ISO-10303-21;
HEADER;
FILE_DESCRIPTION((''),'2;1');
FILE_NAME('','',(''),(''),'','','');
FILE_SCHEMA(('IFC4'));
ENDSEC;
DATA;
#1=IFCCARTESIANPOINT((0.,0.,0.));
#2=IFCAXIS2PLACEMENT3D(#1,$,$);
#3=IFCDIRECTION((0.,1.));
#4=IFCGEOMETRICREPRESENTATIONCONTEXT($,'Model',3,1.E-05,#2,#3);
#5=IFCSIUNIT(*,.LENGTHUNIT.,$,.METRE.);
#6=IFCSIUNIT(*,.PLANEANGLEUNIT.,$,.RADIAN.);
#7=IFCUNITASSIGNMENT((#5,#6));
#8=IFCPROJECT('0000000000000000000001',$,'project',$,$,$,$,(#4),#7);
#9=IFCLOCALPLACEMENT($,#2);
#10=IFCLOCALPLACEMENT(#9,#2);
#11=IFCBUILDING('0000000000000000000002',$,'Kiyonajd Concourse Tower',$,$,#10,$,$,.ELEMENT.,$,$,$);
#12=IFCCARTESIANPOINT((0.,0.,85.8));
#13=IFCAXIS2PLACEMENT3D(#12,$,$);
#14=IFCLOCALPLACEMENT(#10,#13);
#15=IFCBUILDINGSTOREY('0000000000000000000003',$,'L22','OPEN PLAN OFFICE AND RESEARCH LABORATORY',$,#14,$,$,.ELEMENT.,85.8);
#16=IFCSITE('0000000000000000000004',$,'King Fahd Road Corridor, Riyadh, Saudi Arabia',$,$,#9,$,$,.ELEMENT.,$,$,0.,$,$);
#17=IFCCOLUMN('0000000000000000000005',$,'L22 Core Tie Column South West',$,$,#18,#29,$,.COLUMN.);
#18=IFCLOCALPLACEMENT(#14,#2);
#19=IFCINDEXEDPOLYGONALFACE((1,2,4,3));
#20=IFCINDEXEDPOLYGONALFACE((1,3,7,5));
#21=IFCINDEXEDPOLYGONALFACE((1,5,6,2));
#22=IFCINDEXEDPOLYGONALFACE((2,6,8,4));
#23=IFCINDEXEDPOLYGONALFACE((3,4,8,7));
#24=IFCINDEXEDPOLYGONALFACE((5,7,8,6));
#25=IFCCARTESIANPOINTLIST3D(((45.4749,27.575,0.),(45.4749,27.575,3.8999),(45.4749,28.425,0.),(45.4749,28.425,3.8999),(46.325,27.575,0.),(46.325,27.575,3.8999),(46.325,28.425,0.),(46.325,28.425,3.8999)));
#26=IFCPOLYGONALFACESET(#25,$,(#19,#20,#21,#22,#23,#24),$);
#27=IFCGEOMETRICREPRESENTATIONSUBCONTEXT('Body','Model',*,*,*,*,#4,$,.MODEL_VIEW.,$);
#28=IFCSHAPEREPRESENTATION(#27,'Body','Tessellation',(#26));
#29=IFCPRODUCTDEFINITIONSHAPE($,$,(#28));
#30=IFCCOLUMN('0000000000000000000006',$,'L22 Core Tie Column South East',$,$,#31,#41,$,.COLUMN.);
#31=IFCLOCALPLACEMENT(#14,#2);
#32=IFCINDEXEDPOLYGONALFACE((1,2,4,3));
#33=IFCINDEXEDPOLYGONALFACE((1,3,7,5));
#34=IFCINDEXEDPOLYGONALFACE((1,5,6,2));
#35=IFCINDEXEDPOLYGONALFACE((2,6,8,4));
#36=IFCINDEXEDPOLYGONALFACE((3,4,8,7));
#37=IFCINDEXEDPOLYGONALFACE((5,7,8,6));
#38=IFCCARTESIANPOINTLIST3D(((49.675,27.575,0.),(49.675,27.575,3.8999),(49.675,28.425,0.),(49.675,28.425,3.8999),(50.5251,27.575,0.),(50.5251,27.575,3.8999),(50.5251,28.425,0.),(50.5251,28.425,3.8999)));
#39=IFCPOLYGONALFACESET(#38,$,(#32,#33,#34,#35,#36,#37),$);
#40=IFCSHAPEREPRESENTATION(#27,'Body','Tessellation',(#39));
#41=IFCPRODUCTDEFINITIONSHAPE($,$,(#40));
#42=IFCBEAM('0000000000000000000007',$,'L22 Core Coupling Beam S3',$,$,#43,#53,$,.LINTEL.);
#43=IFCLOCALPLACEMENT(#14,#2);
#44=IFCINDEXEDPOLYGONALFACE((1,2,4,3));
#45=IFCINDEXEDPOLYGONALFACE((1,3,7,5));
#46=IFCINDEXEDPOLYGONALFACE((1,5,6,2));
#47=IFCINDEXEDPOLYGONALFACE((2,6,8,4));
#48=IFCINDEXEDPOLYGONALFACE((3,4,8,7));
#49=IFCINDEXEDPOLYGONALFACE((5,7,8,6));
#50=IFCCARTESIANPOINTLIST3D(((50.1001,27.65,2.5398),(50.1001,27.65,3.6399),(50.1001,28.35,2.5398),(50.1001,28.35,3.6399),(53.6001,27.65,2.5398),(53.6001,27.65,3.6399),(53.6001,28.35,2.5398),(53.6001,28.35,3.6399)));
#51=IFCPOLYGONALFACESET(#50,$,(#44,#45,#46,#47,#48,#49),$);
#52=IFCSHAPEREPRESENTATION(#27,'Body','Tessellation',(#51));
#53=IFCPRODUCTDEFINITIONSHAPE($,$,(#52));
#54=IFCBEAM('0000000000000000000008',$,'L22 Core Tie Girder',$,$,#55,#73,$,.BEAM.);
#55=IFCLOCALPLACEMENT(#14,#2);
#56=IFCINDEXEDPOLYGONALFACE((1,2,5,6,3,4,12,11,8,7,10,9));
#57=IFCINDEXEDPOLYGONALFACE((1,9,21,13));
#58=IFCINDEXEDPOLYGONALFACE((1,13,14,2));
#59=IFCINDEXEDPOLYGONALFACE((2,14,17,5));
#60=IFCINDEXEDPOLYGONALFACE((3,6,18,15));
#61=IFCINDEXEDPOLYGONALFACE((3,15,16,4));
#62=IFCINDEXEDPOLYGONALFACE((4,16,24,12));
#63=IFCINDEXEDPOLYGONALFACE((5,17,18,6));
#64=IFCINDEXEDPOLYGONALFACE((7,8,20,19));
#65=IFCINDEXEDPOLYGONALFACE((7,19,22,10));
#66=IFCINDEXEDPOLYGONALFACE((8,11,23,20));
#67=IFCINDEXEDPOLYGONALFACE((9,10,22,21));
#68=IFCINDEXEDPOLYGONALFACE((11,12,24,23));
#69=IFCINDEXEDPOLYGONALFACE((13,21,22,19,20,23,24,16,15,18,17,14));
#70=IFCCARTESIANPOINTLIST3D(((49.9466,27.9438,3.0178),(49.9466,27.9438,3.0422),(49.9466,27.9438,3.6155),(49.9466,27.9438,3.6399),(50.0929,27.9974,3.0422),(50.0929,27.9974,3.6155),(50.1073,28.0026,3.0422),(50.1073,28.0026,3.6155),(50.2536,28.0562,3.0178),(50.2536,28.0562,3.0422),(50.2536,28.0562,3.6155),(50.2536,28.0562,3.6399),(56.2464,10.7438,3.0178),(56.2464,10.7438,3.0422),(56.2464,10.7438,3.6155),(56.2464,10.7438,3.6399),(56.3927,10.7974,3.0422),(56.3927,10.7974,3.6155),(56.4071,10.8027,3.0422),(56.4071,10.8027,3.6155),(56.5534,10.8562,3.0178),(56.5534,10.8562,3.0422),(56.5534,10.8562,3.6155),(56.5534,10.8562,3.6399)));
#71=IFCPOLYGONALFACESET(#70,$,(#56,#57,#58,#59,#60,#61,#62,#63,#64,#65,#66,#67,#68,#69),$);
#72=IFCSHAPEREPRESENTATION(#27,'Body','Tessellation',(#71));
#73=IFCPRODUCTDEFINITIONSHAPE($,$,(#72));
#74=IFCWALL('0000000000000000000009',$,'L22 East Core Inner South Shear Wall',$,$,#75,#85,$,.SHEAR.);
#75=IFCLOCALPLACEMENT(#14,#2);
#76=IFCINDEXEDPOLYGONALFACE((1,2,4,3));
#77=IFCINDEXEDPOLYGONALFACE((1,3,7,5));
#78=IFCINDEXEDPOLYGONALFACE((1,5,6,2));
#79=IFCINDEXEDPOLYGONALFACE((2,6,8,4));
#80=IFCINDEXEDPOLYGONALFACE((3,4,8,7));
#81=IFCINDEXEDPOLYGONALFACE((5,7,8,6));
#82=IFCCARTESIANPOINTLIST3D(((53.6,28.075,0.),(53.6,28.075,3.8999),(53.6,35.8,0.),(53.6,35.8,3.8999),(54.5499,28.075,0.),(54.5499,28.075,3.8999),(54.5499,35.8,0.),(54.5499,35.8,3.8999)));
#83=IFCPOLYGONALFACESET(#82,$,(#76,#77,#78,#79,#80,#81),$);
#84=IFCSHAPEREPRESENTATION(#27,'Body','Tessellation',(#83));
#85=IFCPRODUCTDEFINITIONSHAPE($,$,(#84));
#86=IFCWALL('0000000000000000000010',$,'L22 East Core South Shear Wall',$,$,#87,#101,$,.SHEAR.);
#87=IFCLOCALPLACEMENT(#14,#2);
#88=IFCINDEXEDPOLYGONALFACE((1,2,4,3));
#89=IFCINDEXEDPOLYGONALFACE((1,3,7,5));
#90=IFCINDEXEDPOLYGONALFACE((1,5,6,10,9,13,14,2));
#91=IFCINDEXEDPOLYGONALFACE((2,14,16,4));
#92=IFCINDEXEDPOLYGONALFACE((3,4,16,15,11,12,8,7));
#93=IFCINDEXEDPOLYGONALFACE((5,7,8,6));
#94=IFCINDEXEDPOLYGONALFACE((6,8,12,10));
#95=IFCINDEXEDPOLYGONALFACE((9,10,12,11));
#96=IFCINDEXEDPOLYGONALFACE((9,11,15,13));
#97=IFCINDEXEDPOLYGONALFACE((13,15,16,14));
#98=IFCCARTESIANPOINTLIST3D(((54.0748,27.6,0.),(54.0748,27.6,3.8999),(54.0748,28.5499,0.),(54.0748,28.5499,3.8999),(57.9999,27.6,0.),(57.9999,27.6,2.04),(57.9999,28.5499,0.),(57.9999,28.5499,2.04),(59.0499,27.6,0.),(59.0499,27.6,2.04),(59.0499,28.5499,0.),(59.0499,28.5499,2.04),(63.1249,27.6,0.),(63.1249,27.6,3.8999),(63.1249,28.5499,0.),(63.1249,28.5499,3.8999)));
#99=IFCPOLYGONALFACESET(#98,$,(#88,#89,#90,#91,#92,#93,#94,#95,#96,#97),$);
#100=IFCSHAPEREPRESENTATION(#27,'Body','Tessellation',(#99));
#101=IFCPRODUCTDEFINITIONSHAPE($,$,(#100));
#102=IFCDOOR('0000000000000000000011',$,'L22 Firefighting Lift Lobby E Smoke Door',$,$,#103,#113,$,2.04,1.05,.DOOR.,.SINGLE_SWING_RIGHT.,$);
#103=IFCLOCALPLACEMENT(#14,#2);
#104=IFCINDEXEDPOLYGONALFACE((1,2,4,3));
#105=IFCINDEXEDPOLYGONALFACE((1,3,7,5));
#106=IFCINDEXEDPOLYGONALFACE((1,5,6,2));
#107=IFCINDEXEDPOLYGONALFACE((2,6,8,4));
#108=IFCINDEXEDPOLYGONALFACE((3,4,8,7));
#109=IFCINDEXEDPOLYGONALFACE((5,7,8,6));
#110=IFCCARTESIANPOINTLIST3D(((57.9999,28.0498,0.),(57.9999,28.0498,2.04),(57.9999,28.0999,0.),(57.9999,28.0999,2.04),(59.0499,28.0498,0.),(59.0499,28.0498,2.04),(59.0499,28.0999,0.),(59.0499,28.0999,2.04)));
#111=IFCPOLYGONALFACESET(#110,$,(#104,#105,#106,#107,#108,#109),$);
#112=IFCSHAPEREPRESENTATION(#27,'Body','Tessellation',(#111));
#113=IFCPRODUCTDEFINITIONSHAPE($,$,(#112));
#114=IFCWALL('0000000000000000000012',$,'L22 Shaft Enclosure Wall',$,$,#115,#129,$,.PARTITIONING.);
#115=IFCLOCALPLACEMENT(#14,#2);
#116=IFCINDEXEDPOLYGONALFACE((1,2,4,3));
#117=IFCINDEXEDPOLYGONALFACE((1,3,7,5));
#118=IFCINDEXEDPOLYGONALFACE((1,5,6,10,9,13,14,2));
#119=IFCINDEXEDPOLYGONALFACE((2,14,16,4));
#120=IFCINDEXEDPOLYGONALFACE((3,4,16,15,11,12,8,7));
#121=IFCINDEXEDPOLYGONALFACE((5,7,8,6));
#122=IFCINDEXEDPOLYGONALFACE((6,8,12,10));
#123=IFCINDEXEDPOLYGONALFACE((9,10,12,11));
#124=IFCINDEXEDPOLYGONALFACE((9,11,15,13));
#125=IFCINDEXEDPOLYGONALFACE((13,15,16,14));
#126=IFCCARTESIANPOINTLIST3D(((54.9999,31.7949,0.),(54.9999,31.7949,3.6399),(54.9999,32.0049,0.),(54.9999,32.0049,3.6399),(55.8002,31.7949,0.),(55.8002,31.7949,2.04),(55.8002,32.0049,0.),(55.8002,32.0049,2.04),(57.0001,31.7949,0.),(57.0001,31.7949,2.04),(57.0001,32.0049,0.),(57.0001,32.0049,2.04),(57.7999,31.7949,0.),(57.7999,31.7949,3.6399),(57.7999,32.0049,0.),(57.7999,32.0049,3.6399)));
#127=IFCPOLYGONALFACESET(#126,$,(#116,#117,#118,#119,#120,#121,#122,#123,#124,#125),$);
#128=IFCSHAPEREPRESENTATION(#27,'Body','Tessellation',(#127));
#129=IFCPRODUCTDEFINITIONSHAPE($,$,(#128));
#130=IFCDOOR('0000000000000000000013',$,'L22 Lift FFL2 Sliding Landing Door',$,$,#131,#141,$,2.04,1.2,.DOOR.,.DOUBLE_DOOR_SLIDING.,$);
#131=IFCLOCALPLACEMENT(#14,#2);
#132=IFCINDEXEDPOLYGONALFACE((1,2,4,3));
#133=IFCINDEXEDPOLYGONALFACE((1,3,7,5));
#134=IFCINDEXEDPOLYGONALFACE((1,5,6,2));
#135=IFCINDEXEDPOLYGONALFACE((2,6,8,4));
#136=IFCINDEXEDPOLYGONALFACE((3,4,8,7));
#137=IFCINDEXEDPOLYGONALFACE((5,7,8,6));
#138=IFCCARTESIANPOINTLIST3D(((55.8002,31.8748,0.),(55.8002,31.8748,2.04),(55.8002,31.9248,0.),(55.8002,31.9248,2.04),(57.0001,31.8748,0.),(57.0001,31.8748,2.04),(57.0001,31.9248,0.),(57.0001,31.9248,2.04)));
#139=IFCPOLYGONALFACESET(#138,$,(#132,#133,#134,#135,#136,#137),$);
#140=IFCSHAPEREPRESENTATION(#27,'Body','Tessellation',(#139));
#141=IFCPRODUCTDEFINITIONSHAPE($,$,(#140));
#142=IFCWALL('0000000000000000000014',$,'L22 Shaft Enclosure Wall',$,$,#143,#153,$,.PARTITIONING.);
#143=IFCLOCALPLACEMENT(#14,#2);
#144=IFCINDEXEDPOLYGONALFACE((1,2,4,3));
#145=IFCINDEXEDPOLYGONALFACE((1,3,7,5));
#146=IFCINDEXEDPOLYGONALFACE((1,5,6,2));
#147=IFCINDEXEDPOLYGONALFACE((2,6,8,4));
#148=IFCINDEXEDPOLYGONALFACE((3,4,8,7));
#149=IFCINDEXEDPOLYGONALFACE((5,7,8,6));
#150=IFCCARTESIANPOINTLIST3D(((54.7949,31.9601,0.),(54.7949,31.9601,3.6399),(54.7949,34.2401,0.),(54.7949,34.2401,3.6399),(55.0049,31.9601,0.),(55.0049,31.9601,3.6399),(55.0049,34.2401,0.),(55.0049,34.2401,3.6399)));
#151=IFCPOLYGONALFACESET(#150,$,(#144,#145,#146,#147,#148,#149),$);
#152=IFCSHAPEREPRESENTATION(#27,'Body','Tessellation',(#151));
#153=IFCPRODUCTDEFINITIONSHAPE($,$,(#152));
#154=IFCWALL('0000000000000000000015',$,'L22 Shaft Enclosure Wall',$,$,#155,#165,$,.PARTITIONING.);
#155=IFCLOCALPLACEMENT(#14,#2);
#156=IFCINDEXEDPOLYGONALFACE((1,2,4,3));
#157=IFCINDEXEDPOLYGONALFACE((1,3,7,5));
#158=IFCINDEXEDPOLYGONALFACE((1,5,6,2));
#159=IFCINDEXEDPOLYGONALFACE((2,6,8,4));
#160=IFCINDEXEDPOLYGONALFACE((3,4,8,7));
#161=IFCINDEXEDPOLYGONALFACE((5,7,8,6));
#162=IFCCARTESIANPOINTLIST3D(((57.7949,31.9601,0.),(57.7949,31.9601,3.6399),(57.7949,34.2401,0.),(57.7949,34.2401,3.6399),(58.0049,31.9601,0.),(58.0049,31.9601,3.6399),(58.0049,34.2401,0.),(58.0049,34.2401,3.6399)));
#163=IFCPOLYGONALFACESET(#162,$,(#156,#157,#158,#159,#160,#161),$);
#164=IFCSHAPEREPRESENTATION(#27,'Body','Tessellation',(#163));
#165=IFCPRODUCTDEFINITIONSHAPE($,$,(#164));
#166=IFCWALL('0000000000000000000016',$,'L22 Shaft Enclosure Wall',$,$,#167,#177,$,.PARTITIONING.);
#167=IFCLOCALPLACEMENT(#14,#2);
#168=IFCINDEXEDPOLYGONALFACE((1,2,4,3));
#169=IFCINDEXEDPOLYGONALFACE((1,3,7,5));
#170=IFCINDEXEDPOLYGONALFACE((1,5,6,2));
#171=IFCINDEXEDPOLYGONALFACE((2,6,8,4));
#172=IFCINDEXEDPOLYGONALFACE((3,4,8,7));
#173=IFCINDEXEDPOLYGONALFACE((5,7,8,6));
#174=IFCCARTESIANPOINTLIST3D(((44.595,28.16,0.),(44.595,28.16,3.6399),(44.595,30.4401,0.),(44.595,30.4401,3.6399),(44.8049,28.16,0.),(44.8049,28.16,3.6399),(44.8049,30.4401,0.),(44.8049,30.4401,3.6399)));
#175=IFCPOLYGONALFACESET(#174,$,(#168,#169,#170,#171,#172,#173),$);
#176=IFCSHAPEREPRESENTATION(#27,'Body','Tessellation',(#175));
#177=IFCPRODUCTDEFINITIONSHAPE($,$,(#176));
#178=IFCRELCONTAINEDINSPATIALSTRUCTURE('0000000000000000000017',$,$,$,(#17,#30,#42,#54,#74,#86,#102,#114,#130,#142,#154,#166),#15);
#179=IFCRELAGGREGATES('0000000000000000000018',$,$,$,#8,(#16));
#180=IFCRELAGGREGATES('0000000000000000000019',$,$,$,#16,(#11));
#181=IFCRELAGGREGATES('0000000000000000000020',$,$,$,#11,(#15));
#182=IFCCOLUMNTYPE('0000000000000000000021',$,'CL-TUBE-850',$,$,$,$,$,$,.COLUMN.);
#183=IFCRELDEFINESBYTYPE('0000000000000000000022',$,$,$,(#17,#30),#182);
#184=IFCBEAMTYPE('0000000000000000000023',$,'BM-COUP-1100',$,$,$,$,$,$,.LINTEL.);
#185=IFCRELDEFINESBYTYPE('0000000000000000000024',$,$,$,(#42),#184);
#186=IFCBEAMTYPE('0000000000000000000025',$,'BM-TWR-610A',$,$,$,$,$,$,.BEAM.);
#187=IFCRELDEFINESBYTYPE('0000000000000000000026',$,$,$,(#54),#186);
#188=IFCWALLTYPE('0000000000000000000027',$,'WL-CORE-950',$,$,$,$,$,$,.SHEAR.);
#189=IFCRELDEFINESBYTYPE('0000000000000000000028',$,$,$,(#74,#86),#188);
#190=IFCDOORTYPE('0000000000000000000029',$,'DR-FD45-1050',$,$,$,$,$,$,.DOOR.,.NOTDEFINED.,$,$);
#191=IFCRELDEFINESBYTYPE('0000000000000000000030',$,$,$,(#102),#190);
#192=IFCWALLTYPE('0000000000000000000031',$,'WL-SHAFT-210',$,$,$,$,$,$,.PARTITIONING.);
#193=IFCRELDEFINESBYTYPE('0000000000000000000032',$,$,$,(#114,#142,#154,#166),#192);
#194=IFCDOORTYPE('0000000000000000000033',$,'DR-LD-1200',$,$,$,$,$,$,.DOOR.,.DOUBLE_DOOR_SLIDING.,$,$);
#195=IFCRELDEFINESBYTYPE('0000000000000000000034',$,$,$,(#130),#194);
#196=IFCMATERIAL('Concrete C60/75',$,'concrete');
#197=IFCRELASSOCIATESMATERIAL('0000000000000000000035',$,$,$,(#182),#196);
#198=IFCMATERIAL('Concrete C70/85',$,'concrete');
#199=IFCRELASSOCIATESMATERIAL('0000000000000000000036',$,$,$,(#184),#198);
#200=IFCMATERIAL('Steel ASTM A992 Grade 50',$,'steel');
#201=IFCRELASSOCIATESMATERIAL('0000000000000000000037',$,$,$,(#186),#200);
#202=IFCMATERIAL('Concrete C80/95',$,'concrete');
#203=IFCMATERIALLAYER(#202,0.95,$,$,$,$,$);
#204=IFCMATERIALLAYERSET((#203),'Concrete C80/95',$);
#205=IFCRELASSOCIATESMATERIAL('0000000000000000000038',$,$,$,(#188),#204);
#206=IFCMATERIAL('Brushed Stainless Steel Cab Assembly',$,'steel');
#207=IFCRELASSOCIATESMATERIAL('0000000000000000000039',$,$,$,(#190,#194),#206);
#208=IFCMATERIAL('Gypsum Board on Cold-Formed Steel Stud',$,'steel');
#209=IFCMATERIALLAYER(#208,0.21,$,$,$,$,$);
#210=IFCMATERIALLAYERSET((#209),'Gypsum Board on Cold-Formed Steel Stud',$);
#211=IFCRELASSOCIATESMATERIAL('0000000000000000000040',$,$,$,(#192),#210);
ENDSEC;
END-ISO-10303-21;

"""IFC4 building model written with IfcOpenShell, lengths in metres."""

from ifc_helpers import new_model, si_unit, direction, frame, frame_2d, origin, origin_2d, place, context, subcontext, project, spatial, rectangle, i_section, extrude, material, layer, layer_set, material_profile, profile_set, type_object, element, fill, save


model = new_model("IFC4")

# Units and contexts
model_context = context("Model", 3, precision=1e-05, world=origin(), true_north=direction((0.0, 1.0)))
body_context = subcontext(model_context, "Body", "Model", "MODEL_VIEW")
ifc_project = project(units=[si_unit("LENGTHUNIT", "METRE"), si_unit("PLANEANGLEUNIT", "RADIAN")], contexts=[model_context])

# Site, building, storey
site_placement = place(None, origin())
site = spatial("IfcSite", under=ifc_project, at=site_placement, Name="King Fahd Road Corridor, Riyadh, Saudi Arabia", CompositionType="ELEMENT", RefElevation=0.0)
building_placement = place(site_placement, origin())
building = spatial("IfcBuilding", under=site, at=building_placement, Name="Kiyonajd Concourse Tower", CompositionType="ELEMENT")
storey_placement = place(building_placement, frame((0.0, 0.0, 85.8)))
storey = spatial("IfcBuildingStorey", under=building, at=storey_placement, Name="L22", Description="OPEN PLAN OFFICE AND RESEARCH LABORATORY", CompositionType="ELEMENT", Elevation=85.8)

# Columns
ifc_material_1 = material(Name="Concrete C60/75", Category="concrete")
ifc_material_profile_1 = material_profile(ifc_material_1, rectangle(XDim=0.8501, YDim=0.8501, at=origin_2d()), Name="RC-850x850")
ifc_profile_set_1 = profile_set([ifc_material_profile_1], Name="Concrete C60/75")
column_type = type_object("IfcColumnType", Name="CL-TUBE-850", PredefinedType="COLUMN", material=ifc_profile_set_1)
for number, where, z_axis, x_axis, name in (
    (1, (45.8999, 28.0, 0.0), (0.0, 0.0, 1.0), (1.0, 0.0, 0.0), "L22 Core Tie Column South West"),
    (2, (50.1001, 28.0, 0.0), (0.0, 0.0, 1.0), (1.0, 0.0, 0.0), "L22 Core Tie Column South East"),
):
    element("IfcColumn", number, at=place(storey_placement, frame(where, z_axis=z_axis, x_axis=x_axis)), inside=storey, type_object=column_type, Name=name, PredefinedType="COLUMN", context=body_context, shape_type="SweptSolid", body=[
        extrude(rectangle(XDim=0.8501, YDim=0.8501, at=origin_2d()), origin(), (0.0, 0.0, 1.0), 3.8999),
    ])

# Beams
ifc_material_2 = material(Name="Concrete C70/85", Category="concrete")
ifc_material_profile_2 = material_profile(ifc_material_2, rectangle(XDim=0.7, YDim=1.1001, at=origin_2d()), Name="RCBM-700x1100")
ifc_profile_set_2 = profile_set([ifc_material_profile_2], Name="Concrete C70/85")
beam_type_1 = type_object("IfcBeamType", Name="BM-COUP-1100", PredefinedType="LINTEL", material=ifc_profile_set_2)
beam_1_placement = place(storey_placement, frame((50.1001, 28.0, 3.0898), z_axis=(1.0, 0.0, 0.0), x_axis=(0.0, 1.0, 0.0)))
element("IfcBeam", 3, at=beam_1_placement, inside=storey, type_object=beam_type_1, Name="L22 Core Coupling Beam S3", PredefinedType="LINTEL", context=body_context, shape_type="SweptSolid", body=[
    extrude(rectangle(XDim=0.7, YDim=1.1001, at=origin_2d()), origin(), (0.0, 0.0, 1.0), 3.5),
])
ifc_material_3 = material(Name="Steel ASTM A992 Grade 50", Category="steel")
ifc_material_profile_3 = material_profile(ifc_material_3, i_section(OverallWidth=0.3269, OverallDepth=0.6221, WebThickness=0.0154, FlangeThickness=0.0244, at=origin_2d()), Name="W610X195")
ifc_profile_set_3 = profile_set([ifc_material_profile_3], Name="Steel ASTM A992 Grade 50")
beam_type_2 = type_object("IfcBeamType", Name="BM-TWR-610A", PredefinedType="BEAM", material=ifc_profile_set_3)
beam_2_placement = place(storey_placement, frame((50.1001, 28.0, 3.3289), z_axis=(0.343925, -0.938997, 0.0), x_axis=(0.938997, 0.343925, 0.0)))
element("IfcBeam", 4, at=beam_2_placement, inside=storey, type_object=beam_type_2, Name="L22 Core Tie Girder", PredefinedType="BEAM", context=body_context, shape_type="SweptSolid", body=[
    extrude(i_section(OverallWidth=0.3269, OverallDepth=0.6221, WebThickness=0.0154, FlangeThickness=0.0244, at=origin_2d()), origin(), (0.0, 0.0, 1.0), 18.3174),
])

# Wall
ifc_material_4 = material(Name="Concrete C80/95", Category="concrete")
ifc_layer_1 = layer(ifc_material_4, 0.95)
ifc_layer_set_1 = layer_set([ifc_layer_1], Name="Concrete C80/95")
wall_type_1 = type_object("IfcWallType", Name="WL-CORE-950", PredefinedType="SHEAR", material=ifc_layer_set_1)
wall_1_placement = place(storey_placement, frame((54.075, 28.075, 0.0), z_axis=(0.0, 0.0, 1.0), x_axis=(0.0, 1.0, 0.0)))
element("IfcWall", 5, at=wall_1_placement, inside=storey, type_object=wall_type_1, Name="L22 East Core Inner South Shear Wall", PredefinedType="SHEAR", context=body_context, shape_type="SweptSolid", body=[
    extrude(rectangle(XDim=7.7251, YDim=0.95, at=frame_2d((3.8625, 0.0))), origin(), (0.0, 0.0, 1.0), 3.8999),
])

# Walls, openings, doors
wall_2_placement = place(storey_placement, frame((54.075, 28.075, 0.0), z_axis=(0.0, 0.0, 1.0), x_axis=(1.0, 0.0, 0.0)))
wall_2 = element("IfcWall", 6, at=wall_2_placement, inside=storey, type_object=wall_type_1, Name="L22 East Core South Shear Wall", PredefinedType="SHEAR", context=body_context, shape_type="SweptSolid", body=[
    extrude(rectangle(XDim=9.05, YDim=0.95, at=frame_2d((4.5249, 0.0))), origin(), (0.0, 0.0, 1.0), 3.8999),
])
opening_1_placement = place(wall_2_placement, frame((3.925, 0.0, 0.0)))
opening_1 = element("IfcOpeningElement", 7, at=opening_1_placement, cuts=wall_2, PredefinedType="OPENING", context=body_context, shape_type="SweptSolid", body=[
    extrude(rectangle(XDim=1.05, YDim=2.04, at=frame_2d((0.5249, 1.02))), frame((0.0, 0.4849, 0.0), z_axis=(0.0, -1.0, 0.0), x_axis=(1.0, 0.0, 0.0)), (0.0, 0.0, 1.0), 0.97),
])
ifc_material_5 = material(Name="Brushed Stainless Steel Cab Assembly", Category="steel")
door_type_1 = type_object("IfcDoorType", Name="DR-FD45-1050", OperationType="NOTDEFINED", PredefinedType="DOOR", material=ifc_material_5)
door_1_placement = place(opening_1_placement, origin())
door_1 = element("IfcDoor", 8, at=door_1_placement, inside=storey, type_object=door_type_1, Name="L22 Firefighting Lift Lobby E Smoke Door", OperationType="SINGLE_SWING_RIGHT", OverallHeight=2.04, OverallWidth=1.05, PredefinedType="DOOR", context=body_context, shape_type="SweptSolid", body=[
    extrude(rectangle(XDim=1.05, YDim=2.04, at=frame_2d((0.5249, 1.02))), frame((0.0, 0.0249, 0.0), z_axis=(0.0, -1.0, 0.0), x_axis=(1.0, 0.0, 0.0)), (0.0, 0.0, 1.0), 0.05),
])
fill(opening_1, door_1)
ifc_material_6 = material(Name="Gypsum Board on Cold-Formed Steel Stud", Category="steel")
ifc_layer_2 = layer(ifc_material_6, 0.21)
ifc_layer_set_2 = layer_set([ifc_layer_2], Name="Gypsum Board on Cold-Formed Steel Stud")
wall_type_2 = type_object("IfcWallType", Name="WL-SHAFT-210", PredefinedType="PARTITIONING", material=ifc_layer_set_2)
wall_3_placement = place(storey_placement, frame((55.0, 31.8999, 0.0), z_axis=(0.0, 0.0, 1.0), x_axis=(1.0, 0.0, 0.0)))
wall_3 = element("IfcWall", 9, at=wall_3_placement, inside=storey, type_object=wall_type_2, Name="L22 Shaft Enclosure Wall", PredefinedType="PARTITIONING", context=body_context, shape_type="SweptSolid", body=[
    extrude(rectangle(XDim=2.8, YDim=0.21, at=frame_2d((1.3999, 0.0))), origin(), (0.0, 0.0, 1.0), 3.6399),
])
opening_2_placement = place(wall_3_placement, frame((0.8, 0.0, 0.0)))
opening_2 = element("IfcOpeningElement", 10, at=opening_2_placement, cuts=wall_3, PredefinedType="OPENING", context=body_context, shape_type="SweptSolid", body=[
    extrude(rectangle(XDim=1.2, YDim=2.04, at=frame_2d((0.6001, 1.02))), frame((0.0, 0.115, 0.0), z_axis=(0.0, -1.0, 0.0), x_axis=(1.0, 0.0, 0.0)), (0.0, 0.0, 1.0), 0.23),
])
door_type_2 = type_object("IfcDoorType", Name="DR-LD-1200", OperationType="DOUBLE_DOOR_SLIDING", PredefinedType="DOOR", material=ifc_material_5)
door_2_placement = place(opening_2_placement, origin())
door_2 = element("IfcDoor", 11, at=door_2_placement, inside=storey, type_object=door_type_2, Name="L22 Lift FFL2 Sliding Landing Door", OperationType="DOUBLE_DOOR_SLIDING", OverallHeight=2.04, OverallWidth=1.2, PredefinedType="DOOR", context=body_context, shape_type="SweptSolid", body=[
    extrude(rectangle(XDim=1.2, YDim=2.04, at=frame_2d((0.6001, 1.02))), frame((0.0, 0.0249, 0.0), z_axis=(0.0, -1.0, 0.0), x_axis=(1.0, 0.0, 0.0)), (0.0, 0.0, 1.0), 0.05),
])
fill(opening_2, door_2)

# Walls
for number, where, z_axis, x_axis, name in (
    (12, (54.8999, 31.96, 0.0), (0.0, 0.0, 1.0), (0.0, 1.0, 0.0), "L22 Shaft Enclosure Wall"),
    (13, (57.8999, 31.96, 0.0), (0.0, 0.0, 1.0), (0.0, 1.0, 0.0), "L22 Shaft Enclosure Wall"),
    (14, (44.7, 28.1599, 0.0), (0.0, 0.0, 1.0), (0.0, 1.0, 0.0), "L22 Shaft Enclosure Wall"),
):
    element("IfcWall", number, at=place(storey_placement, frame(where, z_axis=z_axis, x_axis=x_axis)), inside=storey, type_object=wall_type_2, Name=name, PredefinedType="PARTITIONING", context=body_context, shape_type="SweptSolid", body=[
        extrude(rectangle(XDim=2.28, YDim=0.21, at=frame_2d((1.1401, 0.0))), origin(), (0.0, 0.0, 1.0), 3.6399),
    ])

save(model, "model.ifc")
